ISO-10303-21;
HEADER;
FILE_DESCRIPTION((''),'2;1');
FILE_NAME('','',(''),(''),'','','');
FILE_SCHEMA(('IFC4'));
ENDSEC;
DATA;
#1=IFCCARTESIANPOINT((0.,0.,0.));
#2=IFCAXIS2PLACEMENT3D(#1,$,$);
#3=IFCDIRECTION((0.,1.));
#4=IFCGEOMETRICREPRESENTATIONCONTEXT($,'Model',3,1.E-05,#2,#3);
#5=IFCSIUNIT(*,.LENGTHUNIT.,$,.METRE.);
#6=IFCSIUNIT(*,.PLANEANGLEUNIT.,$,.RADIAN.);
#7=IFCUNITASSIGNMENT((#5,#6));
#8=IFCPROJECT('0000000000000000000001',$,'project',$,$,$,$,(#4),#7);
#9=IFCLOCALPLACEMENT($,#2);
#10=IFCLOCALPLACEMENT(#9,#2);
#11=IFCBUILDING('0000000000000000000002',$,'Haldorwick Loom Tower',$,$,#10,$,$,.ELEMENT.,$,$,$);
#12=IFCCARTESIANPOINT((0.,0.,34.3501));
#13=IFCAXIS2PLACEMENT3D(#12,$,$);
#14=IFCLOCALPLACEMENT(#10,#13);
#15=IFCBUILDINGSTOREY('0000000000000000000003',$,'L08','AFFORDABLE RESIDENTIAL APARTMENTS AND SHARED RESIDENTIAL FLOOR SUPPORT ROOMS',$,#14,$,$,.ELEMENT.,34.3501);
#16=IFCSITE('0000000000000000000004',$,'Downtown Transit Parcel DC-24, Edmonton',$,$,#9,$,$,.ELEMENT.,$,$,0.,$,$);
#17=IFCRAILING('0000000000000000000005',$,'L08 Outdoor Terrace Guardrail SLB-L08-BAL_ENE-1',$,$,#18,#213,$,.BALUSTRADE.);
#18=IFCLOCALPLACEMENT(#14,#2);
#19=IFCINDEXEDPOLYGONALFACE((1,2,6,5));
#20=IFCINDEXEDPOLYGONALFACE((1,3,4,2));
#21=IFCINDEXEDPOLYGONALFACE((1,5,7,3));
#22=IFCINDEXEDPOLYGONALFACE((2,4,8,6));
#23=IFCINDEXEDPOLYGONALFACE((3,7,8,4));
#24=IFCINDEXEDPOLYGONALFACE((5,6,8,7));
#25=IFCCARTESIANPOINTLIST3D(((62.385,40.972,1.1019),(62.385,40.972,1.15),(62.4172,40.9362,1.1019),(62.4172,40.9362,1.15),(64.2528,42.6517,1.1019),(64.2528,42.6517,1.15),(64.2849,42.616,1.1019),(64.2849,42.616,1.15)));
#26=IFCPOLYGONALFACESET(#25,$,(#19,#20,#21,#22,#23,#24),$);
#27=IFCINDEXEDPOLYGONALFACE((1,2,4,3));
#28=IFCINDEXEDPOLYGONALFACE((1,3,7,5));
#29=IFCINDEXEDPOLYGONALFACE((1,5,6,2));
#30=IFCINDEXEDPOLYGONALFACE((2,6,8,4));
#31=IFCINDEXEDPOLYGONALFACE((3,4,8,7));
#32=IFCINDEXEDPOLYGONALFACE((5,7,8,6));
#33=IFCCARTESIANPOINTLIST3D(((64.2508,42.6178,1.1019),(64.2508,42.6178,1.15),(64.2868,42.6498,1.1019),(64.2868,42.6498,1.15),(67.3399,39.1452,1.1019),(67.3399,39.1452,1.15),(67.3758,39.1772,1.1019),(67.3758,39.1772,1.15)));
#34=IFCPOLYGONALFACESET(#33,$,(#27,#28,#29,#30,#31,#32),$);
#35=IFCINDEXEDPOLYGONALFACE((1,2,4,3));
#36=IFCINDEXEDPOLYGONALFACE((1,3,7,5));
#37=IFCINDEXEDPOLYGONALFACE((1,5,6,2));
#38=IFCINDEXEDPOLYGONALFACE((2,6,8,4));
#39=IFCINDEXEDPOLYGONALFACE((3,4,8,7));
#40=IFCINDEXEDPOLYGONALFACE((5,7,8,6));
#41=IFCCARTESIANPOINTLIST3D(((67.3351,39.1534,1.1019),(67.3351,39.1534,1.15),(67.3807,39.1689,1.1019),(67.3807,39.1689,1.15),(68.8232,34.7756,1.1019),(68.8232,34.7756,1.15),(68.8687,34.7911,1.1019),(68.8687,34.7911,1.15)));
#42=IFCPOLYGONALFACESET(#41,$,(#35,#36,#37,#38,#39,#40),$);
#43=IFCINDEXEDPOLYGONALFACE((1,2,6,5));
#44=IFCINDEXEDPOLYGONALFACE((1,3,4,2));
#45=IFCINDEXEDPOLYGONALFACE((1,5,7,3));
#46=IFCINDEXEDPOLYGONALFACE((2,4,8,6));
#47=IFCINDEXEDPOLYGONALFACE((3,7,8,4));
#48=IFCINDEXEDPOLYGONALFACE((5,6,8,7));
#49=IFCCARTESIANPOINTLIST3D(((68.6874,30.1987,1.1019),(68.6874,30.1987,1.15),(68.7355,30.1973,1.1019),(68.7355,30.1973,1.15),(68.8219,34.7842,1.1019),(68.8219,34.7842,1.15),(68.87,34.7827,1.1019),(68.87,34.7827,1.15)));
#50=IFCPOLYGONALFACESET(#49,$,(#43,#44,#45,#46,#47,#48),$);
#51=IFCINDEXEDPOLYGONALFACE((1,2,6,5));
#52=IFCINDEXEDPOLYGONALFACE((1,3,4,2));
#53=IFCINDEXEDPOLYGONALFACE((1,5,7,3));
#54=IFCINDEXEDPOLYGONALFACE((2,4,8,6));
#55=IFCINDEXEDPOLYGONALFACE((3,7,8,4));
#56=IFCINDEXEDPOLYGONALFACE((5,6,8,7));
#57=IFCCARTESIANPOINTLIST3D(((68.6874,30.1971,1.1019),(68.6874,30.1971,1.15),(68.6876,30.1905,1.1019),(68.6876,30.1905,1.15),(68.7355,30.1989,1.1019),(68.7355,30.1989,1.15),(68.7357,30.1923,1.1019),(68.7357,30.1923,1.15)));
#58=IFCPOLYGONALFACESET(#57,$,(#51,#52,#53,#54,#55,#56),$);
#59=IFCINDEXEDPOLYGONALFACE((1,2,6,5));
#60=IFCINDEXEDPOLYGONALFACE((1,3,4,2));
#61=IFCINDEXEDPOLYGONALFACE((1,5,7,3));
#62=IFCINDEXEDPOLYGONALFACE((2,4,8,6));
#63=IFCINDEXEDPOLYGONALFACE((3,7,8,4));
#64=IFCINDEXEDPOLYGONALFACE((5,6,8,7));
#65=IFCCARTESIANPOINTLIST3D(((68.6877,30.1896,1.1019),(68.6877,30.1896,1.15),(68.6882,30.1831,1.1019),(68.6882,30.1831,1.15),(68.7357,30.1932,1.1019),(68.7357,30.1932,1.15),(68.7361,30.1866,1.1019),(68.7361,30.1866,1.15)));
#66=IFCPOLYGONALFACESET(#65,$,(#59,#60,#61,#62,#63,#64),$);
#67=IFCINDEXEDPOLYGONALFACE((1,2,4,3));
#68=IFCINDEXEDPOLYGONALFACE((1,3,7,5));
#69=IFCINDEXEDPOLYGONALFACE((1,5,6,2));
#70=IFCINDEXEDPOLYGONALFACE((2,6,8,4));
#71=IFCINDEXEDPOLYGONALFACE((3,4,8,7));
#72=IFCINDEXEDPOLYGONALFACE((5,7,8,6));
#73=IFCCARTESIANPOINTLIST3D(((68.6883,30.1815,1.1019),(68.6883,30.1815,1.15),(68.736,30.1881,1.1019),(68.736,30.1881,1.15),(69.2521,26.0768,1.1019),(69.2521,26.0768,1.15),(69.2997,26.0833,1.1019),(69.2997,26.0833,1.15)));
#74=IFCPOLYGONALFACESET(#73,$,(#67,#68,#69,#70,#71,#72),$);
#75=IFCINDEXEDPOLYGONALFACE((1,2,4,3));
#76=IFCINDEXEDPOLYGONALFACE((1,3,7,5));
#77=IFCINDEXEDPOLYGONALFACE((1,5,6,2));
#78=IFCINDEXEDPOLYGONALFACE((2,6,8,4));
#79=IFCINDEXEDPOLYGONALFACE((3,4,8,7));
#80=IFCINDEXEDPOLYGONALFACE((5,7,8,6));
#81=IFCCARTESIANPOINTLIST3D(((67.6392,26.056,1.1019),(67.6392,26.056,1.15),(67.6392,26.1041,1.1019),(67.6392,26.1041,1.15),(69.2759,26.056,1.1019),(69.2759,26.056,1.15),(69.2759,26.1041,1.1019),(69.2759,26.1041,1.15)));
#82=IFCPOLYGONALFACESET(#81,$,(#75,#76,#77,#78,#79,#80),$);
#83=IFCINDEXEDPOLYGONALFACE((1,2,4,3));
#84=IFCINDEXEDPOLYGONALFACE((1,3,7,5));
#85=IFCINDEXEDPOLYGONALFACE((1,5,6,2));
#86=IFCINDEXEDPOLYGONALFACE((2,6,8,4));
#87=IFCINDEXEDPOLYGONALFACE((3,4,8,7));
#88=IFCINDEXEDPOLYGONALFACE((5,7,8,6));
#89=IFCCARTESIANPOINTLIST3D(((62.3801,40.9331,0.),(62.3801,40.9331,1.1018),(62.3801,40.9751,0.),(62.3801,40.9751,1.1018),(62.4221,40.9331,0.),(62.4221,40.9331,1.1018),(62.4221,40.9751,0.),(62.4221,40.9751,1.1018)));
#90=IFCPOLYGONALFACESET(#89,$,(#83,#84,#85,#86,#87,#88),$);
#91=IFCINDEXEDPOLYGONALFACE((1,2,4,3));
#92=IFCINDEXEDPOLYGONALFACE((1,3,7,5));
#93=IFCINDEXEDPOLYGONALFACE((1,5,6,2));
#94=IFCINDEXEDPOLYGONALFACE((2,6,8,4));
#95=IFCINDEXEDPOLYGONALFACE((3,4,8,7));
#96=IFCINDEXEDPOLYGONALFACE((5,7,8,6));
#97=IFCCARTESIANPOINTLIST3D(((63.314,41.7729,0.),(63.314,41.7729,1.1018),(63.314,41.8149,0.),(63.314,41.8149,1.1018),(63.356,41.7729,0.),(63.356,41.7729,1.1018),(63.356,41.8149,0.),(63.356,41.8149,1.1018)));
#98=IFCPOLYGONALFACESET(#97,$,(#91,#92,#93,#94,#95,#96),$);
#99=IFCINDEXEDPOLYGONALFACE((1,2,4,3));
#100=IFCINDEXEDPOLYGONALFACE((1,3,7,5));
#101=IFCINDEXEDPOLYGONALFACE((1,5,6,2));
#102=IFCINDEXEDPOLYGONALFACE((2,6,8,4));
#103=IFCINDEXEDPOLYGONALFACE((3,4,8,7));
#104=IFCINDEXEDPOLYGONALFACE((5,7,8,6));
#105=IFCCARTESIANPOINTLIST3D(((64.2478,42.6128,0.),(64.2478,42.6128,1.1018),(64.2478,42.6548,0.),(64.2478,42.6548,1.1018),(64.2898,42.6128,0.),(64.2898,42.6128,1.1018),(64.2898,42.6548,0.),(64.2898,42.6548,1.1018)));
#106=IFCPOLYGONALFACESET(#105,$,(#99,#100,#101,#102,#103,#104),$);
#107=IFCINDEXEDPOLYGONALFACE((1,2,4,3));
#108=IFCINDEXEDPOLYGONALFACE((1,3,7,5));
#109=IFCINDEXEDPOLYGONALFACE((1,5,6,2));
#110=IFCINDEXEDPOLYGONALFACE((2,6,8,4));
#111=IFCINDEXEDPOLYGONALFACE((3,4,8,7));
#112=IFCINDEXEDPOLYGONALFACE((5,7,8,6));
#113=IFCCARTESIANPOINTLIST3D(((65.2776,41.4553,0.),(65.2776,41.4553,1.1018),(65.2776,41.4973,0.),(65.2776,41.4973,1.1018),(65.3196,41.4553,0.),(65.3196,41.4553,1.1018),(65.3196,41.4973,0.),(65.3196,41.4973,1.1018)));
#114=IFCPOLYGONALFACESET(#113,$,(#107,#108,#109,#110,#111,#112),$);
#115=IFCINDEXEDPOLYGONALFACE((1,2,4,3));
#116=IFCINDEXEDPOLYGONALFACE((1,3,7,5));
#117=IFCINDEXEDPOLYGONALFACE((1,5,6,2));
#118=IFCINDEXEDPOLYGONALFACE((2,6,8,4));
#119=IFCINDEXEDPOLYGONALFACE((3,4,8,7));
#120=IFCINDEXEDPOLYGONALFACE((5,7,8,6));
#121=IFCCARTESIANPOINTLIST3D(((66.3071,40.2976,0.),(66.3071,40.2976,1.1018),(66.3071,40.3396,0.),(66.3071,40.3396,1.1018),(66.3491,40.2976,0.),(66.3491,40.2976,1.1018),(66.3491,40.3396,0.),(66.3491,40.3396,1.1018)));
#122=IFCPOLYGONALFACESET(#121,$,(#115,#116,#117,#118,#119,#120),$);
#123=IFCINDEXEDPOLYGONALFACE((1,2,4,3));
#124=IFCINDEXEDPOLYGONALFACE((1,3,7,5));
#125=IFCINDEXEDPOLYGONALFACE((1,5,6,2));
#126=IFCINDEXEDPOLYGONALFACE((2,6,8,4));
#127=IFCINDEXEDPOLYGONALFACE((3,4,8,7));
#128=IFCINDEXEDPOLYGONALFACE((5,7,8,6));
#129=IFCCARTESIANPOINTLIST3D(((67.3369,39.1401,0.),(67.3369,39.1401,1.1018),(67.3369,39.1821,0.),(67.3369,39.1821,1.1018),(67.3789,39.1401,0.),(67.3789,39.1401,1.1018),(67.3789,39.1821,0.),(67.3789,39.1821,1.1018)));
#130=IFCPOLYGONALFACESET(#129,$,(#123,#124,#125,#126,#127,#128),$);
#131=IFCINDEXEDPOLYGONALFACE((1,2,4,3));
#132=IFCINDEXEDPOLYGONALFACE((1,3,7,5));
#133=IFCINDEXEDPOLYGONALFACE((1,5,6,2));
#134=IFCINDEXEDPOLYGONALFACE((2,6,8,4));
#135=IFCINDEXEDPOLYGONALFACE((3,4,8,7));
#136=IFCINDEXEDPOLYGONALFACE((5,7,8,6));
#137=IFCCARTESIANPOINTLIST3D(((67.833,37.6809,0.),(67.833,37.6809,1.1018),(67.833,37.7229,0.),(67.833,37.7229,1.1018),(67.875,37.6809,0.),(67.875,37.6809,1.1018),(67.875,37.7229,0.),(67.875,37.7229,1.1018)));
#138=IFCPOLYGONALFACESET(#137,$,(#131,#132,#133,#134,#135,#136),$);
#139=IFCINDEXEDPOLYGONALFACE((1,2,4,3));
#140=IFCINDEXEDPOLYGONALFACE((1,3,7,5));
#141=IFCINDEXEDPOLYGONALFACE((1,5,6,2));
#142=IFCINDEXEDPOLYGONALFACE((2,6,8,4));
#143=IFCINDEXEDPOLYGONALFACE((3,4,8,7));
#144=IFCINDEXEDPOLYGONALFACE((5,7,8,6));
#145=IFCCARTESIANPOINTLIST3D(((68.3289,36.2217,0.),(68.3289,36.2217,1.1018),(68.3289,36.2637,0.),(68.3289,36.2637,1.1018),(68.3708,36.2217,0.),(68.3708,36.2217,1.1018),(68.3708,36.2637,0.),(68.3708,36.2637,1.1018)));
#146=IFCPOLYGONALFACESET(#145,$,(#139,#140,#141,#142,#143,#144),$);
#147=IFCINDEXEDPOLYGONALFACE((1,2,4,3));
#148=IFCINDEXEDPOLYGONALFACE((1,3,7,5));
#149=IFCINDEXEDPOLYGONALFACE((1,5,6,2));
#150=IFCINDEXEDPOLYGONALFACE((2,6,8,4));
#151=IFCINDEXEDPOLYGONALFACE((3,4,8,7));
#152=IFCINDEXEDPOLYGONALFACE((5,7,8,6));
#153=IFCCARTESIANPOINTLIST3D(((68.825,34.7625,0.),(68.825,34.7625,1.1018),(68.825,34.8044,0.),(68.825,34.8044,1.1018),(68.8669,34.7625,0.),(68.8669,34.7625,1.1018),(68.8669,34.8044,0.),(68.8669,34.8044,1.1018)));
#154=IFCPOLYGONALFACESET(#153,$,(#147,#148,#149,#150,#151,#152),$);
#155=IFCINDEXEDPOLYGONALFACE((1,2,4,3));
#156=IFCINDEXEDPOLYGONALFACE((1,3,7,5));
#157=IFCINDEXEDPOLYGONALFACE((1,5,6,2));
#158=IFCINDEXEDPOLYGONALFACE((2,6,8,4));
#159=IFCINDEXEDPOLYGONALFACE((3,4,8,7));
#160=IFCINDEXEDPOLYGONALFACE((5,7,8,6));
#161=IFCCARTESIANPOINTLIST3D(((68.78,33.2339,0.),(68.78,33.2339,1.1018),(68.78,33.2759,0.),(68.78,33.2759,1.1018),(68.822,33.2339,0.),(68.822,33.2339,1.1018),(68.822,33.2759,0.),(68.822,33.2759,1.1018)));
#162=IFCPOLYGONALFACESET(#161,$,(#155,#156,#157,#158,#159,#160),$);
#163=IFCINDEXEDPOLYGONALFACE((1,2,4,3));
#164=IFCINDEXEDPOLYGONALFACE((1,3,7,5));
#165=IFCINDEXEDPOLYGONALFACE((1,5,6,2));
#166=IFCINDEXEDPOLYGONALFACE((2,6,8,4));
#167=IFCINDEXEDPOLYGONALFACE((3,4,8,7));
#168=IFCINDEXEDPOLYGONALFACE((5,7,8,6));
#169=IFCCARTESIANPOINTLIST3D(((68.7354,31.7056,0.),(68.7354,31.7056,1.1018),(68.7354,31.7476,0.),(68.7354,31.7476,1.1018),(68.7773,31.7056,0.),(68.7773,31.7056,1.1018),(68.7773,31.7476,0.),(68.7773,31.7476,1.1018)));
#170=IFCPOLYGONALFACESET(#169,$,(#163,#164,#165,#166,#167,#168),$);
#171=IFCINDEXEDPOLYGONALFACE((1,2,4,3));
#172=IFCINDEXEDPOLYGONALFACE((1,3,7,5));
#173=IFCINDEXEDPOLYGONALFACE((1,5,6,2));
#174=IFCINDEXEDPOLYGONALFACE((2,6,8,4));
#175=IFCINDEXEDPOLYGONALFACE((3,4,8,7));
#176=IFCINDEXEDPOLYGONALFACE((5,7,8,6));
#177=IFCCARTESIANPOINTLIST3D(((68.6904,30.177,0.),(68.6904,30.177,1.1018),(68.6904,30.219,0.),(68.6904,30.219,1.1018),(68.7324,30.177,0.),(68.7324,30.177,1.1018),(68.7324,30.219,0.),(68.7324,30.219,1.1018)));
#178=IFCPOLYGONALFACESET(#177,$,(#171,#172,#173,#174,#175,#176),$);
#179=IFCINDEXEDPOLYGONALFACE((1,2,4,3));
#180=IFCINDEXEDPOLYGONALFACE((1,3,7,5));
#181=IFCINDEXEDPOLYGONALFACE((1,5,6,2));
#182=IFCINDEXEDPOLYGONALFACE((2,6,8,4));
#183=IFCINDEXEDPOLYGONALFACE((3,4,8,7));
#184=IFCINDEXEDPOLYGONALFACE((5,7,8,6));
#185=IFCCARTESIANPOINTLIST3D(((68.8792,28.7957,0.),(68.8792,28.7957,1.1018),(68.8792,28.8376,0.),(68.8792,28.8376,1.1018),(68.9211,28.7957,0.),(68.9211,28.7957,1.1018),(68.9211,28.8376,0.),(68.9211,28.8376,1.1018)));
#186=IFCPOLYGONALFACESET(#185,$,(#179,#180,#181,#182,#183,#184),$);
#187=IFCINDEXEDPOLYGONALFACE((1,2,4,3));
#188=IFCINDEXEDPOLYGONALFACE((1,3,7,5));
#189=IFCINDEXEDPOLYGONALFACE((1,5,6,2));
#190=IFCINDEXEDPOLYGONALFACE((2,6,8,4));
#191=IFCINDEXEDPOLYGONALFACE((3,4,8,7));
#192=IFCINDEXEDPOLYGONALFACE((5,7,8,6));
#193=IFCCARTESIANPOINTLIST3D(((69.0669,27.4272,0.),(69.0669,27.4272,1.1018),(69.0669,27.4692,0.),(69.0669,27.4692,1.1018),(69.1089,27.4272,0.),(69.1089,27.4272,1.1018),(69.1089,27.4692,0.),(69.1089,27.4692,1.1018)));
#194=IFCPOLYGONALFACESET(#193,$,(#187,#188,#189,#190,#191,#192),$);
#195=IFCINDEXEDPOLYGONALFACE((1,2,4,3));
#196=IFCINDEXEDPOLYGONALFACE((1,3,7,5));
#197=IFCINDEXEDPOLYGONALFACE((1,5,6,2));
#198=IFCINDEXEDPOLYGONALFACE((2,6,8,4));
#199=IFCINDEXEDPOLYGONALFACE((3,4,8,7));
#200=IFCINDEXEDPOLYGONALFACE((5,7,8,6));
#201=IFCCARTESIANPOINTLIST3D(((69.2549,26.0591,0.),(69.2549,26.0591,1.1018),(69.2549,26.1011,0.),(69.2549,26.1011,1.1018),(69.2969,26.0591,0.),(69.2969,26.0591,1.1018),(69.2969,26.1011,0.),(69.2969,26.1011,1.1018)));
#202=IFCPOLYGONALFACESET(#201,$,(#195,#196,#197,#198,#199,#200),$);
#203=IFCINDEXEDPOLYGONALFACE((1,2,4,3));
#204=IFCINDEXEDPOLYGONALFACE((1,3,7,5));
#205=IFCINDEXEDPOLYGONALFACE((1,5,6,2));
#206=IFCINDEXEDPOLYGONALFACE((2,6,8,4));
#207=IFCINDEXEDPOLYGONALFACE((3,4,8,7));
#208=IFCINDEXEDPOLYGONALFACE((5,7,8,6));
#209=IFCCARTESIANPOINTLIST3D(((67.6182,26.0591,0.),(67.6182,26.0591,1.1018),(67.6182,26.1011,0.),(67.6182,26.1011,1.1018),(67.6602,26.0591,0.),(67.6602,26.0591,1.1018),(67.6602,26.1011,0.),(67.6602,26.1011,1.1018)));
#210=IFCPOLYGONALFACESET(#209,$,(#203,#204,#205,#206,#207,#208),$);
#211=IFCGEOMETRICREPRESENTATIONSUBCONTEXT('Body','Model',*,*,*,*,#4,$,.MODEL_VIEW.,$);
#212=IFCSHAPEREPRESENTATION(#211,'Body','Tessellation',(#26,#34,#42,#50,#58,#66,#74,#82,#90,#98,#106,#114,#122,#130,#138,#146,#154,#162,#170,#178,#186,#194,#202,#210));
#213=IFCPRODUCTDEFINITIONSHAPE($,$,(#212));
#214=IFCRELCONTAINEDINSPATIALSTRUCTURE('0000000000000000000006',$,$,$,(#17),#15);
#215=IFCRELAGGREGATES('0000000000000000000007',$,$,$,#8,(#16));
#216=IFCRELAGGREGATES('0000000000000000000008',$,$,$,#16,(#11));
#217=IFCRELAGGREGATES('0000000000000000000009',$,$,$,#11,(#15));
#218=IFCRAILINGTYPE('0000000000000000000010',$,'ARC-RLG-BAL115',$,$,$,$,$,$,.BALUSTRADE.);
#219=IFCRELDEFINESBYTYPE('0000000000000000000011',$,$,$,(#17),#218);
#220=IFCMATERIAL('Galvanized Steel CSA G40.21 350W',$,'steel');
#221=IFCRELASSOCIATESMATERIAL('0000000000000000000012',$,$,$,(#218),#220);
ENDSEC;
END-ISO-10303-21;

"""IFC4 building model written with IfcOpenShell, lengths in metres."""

from ifc_helpers import new_model, si_unit, direction, frame, origin, origin_2d, place, context, subcontext, project, spatial, rectangle, extrude, material, type_object, element, save


model = new_model("IFC4")

# Units and contexts
model_context = context("Model", 3, precision=1e-05, world=origin(), true_north=direction((0.0, 1.0)))
body_context = subcontext(model_context, "Body", "Model", "MODEL_VIEW")
ifc_project = project(units=[si_unit("LENGTHUNIT", "METRE"), si_unit("PLANEANGLEUNIT", "RADIAN")], contexts=[model_context])

# Site, building, storey
site_placement = place(None, origin())
site = spatial("IfcSite", under=ifc_project, at=site_placement, Name="Downtown Transit Parcel DC-24, Edmonton", CompositionType="ELEMENT", RefElevation=0.0)
building_placement = place(site_placement, origin())
building = spatial("IfcBuilding", under=site, at=building_placement, Name="Haldorwick Loom Tower", CompositionType="ELEMENT")
storey_placement = place(building_placement, frame((0.0, 0.0, 34.3501)))
storey = spatial("IfcBuildingStorey", under=building, at=storey_placement, Name="L08", Description="AFFORDABLE RESIDENTIAL APARTMENTS AND SHARED RESIDENTIAL FLOOR SUPPORT ROOMS", CompositionType="ELEMENT", Elevation=34.3501)

# Railing
ifc_material_1 = material(Name="Galvanized Steel CSA G40.21 350W", Category="steel")
railing_type = type_object("IfcRailingType", Name="ARC-RLG-BAL115", PredefinedType="BALUSTRADE", material=ifc_material_1)
railing_placement = place(storey_placement, frame((62.4011, 40.9541, 0.0)))
element("IfcRailing", 1, at=railing_placement, inside=storey, type_object=railing_type, Name="L08 Outdoor Terrace Guardrail SLB-L08-BAL_ENE-1", PredefinedType="BALUSTRADE", context=body_context, shape_type="SweptSolid", body=[
    extrude(rectangle(XDim=0.0481, YDim=0.0481, at=origin_2d()), frame((0.0, 0.0, 1.126), z_axis=(0.743536, 0.668696, 0.0), x_axis=(-0.668696, 0.743536, 0.0)), (0.0, 0.0, 1.0), 2.512),
    extrude(rectangle(XDim=0.0481, YDim=0.0481, at=origin_2d()), frame((1.8677, 1.6797, 1.126), z_axis=(0.664641, -0.747163, 0.0), x_axis=(0.747163, 0.664641, 0.0)), (0.0, 0.0, 1.0), 4.6477),
    extrude(rectangle(XDim=0.0481, YDim=0.0481, at=origin_2d()), frame((4.9568, -1.793, 1.126), z_axis=(0.32183, -0.946798, 0.0), x_axis=(0.946798, 0.32183, 0.0)), (0.0, 0.0, 1.0), 4.6238),
    extrude(rectangle(XDim=0.0481, YDim=0.0481, at=origin_2d()), frame((6.4448, -6.1707, 1.126), z_axis=(-0.029324, -0.99957, 0.0), x_axis=(0.99957, -0.029324, 0.0)), (0.0, 0.0, 1.0), 4.5874),
    extrude(rectangle(XDim=0.0481, YDim=0.0481, at=origin_2d()), frame((6.3103, -10.7561, 1.126), z_axis=(0.037012, -0.999315, 0.0), x_axis=(0.999315, 0.037012, 0.0)), (0.0, 0.0, 1.0), 0.0066),
    extrude(rectangle(XDim=0.0481, YDim=0.0481, at=origin_2d()), frame((6.3105, -10.7627, 1.126), z_axis=(0.073872, -0.997268, 0.0), x_axis=(0.997268, 0.073872, 0.0)), (0.0, 0.0, 1.0), 0.0066),
    extrude(rectangle(XDim=0.0481, YDim=0.0481, at=origin_2d()), frame((6.311, -10.7693, 1.126), z_axis=(0.136057, -0.990701, 0.0), x_axis=(0.990701, 0.136057, 0.0)), (0.0, 0.0, 1.0), 4.1433),
    extrude(rectangle(XDim=0.0481, YDim=0.0481, at=origin_2d()), frame((6.8748, -14.874, 1.126), z_axis=(-1.0, 0.0, 0.0), x_axis=(0.0, -1.0, 0.0)), (0.0, 0.0, 1.0), 1.6367),
    extrude(rectangle(XDim=0.042, YDim=0.042, at=origin_2d()), origin(), (0.0, 0.0, 1.0), 1.1018),
    extrude(rectangle(XDim=0.042, YDim=0.042, at=origin_2d()), frame((0.9338, 0.8398, 0.0)), (0.0, 0.0, 1.0), 1.1018),
    extrude(rectangle(XDim=0.042, YDim=0.042, at=origin_2d()), frame((1.8677, 1.6797, 0.0)), (0.0, 0.0, 1.0), 1.1018),
    extrude(rectangle(XDim=0.042, YDim=0.042, at=origin_2d()), frame((2.8975, 0.5222, 0.0)), (0.0, 0.0, 1.0), 1.1018),
    extrude(rectangle(XDim=0.042, YDim=0.042, at=origin_2d()), frame((3.927, -0.6355, 0.0)), (0.0, 0.0, 1.0), 1.1018),
    extrude(rectangle(XDim=0.042, YDim=0.042, at=origin_2d()), frame((4.9568, -1.793, 0.0)), (0.0, 0.0, 1.0), 1.1018),
    extrude(rectangle(XDim=0.042, YDim=0.042, at=origin_2d()), frame((5.4529, -3.2522, 0.0)), (0.0, 0.0, 1.0), 1.1018),
    extrude(rectangle(XDim=0.042, YDim=0.042, at=origin_2d()), frame((5.9487, -4.7114, 0.0)), (0.0, 0.0, 1.0), 1.1018),
    extrude(rectangle(XDim=0.042, YDim=0.042, at=origin_2d()), frame((6.4448, -6.1707, 0.0)), (0.0, 0.0, 1.0), 1.1018),
    extrude(rectangle(XDim=0.042, YDim=0.042, at=origin_2d()), frame((6.3999, -7.6992, 0.0)), (0.0, 0.0, 1.0), 1.1018),
    extrude(rectangle(XDim=0.042, YDim=0.042, at=origin_2d()), frame((6.3552, -9.2275, 0.0)), (0.0, 0.0, 1.0), 1.1018),
    extrude(rectangle(XDim=0.042, YDim=0.042, at=origin_2d()), frame((6.3103, -10.7561, 0.0)), (0.0, 0.0, 1.0), 1.1018),
    extrude(rectangle(XDim=0.042, YDim=0.042, at=origin_2d()), frame((6.499, -12.1375, 0.0)), (0.0, 0.0, 1.0), 1.1018),
    extrude(rectangle(XDim=0.042, YDim=0.042, at=origin_2d()), frame((6.6868, -13.5059, 0.0)), (0.0, 0.0, 1.0), 1.1018),
    extrude(rectangle(XDim=0.042, YDim=0.042, at=origin_2d()), frame((6.8748, -14.874, 0.0)), (0.0, 0.0, 1.0), 1.1018),
    extrude(rectangle(XDim=0.042, YDim=0.042, at=origin_2d()), frame((5.238, -14.874, 0.0)), (0.0, 0.0, 1.0), 1.1018),
])

save(model, "model.ifc")
